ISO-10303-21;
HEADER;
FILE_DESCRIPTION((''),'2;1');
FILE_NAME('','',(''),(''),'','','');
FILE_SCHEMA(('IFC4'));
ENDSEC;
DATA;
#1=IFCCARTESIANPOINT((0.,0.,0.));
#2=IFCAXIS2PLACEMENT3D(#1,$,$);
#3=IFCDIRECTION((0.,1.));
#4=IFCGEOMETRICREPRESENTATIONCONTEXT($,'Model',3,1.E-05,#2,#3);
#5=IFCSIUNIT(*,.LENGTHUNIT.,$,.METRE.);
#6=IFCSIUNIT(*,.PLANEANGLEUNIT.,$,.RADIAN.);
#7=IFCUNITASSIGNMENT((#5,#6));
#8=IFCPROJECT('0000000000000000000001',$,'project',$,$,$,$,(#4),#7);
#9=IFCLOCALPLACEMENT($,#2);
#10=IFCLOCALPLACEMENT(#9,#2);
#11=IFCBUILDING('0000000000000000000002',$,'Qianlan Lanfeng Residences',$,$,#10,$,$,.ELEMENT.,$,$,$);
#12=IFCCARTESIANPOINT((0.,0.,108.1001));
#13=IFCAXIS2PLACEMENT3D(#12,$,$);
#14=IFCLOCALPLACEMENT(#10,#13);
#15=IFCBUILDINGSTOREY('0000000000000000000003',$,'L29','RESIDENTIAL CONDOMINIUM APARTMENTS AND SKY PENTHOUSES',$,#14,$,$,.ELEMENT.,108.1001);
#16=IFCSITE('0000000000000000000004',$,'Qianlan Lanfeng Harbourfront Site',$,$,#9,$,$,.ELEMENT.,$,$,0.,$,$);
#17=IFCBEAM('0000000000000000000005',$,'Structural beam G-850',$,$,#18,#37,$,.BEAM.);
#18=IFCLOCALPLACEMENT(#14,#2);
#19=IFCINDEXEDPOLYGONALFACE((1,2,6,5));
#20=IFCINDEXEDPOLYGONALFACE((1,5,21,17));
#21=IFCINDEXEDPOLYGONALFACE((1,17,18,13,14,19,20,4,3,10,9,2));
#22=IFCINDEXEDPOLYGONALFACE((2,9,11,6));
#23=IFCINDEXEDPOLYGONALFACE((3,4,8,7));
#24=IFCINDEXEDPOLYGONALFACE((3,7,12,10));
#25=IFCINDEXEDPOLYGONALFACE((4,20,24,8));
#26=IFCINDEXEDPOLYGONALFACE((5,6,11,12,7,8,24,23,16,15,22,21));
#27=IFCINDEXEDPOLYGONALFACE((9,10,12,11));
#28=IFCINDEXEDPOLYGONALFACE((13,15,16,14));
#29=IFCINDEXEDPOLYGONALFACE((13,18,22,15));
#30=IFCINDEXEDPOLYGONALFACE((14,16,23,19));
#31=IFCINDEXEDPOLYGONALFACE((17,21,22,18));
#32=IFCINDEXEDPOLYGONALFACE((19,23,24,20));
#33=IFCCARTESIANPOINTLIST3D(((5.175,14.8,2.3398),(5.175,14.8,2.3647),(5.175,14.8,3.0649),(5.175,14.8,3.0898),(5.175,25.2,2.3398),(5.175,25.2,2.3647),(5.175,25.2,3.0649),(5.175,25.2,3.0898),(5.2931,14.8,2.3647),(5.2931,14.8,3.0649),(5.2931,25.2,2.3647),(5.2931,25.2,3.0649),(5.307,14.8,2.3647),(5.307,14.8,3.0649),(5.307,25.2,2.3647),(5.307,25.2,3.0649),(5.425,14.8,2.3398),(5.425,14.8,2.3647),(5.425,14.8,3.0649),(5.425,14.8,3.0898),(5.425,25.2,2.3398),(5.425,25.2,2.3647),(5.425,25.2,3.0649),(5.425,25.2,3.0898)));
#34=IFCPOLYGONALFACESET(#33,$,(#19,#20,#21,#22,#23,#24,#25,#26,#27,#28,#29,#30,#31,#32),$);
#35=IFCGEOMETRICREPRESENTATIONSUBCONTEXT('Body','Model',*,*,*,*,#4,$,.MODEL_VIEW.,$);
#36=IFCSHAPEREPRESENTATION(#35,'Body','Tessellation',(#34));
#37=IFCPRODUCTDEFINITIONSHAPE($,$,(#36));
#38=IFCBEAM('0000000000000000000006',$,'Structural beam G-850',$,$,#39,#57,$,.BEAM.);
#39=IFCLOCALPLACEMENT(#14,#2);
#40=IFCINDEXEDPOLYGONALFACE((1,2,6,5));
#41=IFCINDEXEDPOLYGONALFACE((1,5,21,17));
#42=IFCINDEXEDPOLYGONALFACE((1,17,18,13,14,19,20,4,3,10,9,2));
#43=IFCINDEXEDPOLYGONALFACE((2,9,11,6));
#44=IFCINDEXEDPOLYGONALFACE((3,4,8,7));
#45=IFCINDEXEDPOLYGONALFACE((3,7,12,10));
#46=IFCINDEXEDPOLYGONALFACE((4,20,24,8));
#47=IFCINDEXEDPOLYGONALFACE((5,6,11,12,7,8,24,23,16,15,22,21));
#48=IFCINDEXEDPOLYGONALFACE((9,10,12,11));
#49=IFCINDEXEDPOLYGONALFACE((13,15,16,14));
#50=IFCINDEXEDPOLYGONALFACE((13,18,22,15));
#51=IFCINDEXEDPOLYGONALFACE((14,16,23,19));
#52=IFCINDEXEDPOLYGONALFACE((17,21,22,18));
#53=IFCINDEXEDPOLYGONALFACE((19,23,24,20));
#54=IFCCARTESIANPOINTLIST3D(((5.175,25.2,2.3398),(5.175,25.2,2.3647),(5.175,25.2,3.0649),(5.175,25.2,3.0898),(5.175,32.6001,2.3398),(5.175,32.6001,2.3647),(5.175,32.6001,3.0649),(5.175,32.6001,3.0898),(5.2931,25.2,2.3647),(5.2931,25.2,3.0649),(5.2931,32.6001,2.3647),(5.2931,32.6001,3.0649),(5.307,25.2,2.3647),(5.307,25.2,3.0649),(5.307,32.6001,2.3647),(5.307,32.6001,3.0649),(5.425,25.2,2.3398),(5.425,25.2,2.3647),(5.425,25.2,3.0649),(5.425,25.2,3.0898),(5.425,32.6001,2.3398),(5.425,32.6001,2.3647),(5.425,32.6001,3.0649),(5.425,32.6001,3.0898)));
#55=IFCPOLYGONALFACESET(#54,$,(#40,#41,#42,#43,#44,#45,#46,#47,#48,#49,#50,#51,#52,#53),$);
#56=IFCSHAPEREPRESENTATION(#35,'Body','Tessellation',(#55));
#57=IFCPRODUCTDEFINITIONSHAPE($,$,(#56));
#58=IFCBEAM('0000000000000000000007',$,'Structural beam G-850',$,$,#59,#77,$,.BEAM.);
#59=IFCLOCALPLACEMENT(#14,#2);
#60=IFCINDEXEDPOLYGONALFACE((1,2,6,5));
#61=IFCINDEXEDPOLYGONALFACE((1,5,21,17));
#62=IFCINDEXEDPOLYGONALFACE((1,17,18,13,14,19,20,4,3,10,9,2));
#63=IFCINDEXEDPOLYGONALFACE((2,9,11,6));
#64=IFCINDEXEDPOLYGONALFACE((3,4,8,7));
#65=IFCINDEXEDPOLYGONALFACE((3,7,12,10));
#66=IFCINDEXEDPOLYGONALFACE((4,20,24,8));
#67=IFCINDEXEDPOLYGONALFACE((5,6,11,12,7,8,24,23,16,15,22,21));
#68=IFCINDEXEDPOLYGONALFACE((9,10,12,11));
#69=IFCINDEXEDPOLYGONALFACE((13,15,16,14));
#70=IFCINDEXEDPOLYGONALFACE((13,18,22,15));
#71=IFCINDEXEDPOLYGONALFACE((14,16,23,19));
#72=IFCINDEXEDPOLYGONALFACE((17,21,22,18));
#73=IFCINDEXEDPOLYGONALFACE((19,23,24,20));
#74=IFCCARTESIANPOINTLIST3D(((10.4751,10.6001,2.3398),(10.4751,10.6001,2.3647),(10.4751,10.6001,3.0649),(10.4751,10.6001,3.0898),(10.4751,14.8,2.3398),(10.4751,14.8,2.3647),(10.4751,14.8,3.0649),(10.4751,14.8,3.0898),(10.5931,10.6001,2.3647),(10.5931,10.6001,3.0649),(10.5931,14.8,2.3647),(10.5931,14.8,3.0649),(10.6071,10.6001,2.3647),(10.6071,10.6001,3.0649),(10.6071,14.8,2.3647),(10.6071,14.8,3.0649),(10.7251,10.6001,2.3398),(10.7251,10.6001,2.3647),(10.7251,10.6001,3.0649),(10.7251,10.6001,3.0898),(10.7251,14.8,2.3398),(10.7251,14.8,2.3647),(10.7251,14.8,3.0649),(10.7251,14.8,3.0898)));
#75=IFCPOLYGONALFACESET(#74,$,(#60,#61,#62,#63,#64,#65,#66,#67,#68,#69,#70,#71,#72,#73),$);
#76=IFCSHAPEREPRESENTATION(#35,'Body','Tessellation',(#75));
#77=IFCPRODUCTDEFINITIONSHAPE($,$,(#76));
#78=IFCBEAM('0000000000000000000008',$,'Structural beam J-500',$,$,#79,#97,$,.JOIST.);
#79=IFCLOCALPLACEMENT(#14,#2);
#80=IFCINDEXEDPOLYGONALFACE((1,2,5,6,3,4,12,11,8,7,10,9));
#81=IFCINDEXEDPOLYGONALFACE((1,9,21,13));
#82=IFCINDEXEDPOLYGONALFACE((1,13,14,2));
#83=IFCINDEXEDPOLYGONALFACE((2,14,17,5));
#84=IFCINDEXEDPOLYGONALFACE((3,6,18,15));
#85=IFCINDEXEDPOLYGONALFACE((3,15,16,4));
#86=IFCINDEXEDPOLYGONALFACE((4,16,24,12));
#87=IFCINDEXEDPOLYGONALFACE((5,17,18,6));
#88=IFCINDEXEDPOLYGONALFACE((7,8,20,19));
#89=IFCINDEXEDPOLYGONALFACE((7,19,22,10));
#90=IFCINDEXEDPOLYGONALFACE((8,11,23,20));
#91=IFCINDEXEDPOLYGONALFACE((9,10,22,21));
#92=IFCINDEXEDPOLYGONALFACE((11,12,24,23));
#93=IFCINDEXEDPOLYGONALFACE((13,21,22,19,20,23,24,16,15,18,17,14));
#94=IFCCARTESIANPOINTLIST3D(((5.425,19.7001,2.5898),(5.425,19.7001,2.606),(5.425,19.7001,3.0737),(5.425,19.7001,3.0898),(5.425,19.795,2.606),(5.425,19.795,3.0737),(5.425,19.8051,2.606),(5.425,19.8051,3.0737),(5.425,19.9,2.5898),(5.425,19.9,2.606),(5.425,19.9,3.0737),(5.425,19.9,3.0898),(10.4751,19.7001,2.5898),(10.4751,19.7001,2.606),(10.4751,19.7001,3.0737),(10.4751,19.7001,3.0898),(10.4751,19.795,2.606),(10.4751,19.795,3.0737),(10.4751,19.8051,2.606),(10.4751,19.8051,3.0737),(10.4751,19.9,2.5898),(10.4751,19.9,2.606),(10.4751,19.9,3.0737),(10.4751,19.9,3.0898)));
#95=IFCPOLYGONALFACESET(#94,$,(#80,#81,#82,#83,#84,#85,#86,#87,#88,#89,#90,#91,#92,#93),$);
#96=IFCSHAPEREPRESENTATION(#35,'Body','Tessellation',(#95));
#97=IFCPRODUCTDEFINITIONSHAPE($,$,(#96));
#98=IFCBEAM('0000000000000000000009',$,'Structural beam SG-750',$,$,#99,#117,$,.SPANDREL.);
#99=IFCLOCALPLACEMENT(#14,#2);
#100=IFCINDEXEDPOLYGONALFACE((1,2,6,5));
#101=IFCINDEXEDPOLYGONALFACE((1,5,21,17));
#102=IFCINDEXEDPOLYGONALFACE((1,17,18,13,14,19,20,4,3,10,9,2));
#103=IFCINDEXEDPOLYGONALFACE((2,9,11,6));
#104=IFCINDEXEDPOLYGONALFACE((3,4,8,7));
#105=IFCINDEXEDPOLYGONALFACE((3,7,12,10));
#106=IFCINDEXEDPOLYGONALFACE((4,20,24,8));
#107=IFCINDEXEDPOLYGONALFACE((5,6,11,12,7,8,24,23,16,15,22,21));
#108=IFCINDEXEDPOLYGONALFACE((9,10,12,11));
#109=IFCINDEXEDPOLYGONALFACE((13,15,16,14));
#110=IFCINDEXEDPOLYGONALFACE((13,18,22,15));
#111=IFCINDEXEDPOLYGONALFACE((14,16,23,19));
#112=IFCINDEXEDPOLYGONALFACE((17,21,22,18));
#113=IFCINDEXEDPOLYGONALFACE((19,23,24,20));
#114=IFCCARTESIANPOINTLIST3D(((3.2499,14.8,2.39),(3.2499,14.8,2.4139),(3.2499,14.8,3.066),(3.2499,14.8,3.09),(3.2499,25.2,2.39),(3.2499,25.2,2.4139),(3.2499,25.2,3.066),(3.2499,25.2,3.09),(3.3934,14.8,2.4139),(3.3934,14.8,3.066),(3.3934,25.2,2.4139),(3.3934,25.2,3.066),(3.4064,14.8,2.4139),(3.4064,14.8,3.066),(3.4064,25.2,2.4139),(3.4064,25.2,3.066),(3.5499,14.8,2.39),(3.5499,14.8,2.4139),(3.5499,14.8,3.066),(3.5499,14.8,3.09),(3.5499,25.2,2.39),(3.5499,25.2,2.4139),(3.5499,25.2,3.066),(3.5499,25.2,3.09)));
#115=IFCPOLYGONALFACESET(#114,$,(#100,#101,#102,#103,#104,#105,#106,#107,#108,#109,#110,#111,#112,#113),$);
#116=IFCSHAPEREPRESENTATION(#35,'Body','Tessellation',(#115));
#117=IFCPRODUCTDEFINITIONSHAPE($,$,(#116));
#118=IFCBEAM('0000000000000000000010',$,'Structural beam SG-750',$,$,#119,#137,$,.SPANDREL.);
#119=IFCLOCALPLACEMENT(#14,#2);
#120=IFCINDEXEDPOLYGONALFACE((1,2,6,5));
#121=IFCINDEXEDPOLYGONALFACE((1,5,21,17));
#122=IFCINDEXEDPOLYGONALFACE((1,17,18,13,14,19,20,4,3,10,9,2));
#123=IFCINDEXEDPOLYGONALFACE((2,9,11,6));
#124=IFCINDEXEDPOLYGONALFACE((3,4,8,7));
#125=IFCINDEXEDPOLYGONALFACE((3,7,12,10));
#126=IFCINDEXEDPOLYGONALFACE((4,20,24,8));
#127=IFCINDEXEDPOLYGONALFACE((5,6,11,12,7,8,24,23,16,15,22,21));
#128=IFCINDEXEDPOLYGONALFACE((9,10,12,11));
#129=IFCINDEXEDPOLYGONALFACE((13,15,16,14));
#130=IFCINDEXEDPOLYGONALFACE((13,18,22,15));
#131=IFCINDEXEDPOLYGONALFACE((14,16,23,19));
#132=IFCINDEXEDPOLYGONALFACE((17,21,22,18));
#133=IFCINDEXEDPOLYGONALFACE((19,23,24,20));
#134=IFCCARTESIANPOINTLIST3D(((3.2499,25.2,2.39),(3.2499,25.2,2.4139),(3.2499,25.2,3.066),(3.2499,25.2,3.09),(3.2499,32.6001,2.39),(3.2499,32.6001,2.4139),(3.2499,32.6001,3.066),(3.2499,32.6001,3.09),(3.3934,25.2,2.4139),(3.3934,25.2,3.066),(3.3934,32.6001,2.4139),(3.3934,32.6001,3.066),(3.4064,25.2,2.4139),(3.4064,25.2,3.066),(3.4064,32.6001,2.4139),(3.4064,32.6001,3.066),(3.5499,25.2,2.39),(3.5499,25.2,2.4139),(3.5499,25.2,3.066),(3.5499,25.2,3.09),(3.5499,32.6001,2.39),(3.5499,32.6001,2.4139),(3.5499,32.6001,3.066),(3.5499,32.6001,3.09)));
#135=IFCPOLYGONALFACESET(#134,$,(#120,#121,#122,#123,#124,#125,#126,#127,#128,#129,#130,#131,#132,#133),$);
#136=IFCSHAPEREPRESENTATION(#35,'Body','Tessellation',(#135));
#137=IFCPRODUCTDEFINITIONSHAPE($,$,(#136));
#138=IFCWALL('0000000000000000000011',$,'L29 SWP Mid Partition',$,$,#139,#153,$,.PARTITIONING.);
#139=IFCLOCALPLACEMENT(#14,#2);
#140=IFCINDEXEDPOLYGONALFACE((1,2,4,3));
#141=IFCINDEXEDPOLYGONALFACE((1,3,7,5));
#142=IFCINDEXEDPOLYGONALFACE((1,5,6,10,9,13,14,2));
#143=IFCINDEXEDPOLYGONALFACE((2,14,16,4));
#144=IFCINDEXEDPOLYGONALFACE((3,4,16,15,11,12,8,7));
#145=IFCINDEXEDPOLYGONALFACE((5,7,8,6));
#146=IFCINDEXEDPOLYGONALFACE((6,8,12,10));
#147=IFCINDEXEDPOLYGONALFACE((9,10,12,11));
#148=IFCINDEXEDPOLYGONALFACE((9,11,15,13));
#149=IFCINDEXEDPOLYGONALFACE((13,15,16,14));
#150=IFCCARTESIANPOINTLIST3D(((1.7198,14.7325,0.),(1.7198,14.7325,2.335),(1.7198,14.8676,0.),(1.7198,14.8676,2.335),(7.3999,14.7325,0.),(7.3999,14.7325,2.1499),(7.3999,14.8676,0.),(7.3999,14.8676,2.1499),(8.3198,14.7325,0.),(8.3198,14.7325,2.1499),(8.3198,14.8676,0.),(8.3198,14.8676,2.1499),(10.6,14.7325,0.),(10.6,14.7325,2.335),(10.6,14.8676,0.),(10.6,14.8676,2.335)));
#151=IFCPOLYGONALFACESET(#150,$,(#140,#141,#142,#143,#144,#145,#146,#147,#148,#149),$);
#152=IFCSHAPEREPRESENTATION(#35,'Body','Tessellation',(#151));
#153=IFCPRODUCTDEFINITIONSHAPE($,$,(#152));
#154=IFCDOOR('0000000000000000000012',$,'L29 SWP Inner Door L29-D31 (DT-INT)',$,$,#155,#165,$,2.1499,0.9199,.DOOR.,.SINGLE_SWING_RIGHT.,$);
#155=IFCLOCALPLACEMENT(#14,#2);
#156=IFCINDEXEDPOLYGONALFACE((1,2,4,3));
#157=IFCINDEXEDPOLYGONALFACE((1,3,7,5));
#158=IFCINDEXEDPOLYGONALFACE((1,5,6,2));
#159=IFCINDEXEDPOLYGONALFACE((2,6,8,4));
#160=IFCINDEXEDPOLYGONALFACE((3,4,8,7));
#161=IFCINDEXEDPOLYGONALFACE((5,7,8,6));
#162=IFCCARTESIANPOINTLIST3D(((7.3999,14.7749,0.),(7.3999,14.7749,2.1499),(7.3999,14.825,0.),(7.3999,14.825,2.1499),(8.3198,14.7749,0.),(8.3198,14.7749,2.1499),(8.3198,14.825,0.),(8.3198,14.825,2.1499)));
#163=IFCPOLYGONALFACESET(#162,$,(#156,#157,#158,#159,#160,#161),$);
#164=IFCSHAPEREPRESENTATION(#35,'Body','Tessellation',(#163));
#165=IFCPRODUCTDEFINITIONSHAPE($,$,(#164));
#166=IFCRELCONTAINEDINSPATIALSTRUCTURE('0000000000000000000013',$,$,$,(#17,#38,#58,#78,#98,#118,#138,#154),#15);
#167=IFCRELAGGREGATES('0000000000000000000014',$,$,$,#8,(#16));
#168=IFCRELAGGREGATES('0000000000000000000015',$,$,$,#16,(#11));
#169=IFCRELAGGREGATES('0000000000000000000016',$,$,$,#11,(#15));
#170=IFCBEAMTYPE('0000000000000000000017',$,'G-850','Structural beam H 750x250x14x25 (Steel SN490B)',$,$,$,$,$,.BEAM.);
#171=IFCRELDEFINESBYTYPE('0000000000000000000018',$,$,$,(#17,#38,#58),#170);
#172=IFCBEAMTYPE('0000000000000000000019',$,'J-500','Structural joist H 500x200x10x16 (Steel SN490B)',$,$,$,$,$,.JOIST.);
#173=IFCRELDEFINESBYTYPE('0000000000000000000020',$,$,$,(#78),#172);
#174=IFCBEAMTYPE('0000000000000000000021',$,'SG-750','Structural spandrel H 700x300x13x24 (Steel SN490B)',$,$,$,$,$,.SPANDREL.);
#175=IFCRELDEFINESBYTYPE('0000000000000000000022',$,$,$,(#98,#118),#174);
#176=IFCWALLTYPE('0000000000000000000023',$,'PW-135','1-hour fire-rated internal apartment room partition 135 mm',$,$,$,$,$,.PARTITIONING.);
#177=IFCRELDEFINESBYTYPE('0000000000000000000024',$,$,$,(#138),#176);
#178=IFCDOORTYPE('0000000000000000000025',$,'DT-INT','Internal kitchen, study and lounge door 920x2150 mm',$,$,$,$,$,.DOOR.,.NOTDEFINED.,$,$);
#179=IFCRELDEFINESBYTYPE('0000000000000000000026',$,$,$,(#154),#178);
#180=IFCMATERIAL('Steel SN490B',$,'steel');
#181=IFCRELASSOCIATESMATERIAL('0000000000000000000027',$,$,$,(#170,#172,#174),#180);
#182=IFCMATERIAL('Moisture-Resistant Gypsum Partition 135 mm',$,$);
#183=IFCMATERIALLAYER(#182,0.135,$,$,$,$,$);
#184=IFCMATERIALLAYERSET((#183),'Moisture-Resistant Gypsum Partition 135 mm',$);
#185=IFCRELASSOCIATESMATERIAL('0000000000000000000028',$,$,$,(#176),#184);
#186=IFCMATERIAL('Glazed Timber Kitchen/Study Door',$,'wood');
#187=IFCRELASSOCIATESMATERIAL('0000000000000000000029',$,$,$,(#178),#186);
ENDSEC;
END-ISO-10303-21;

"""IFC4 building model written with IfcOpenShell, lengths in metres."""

from ifc_helpers import new_model, si_unit, direction, frame, frame_2d, origin, origin_2d, place, context, subcontext, project, spatial, rectangle, i_section, extrude, material, layer, layer_set, material_profile, profile_set, type_object, element, fill, save


model = new_model("IFC4")

# Units and contexts
model_context = context("Model", 3, precision=1e-05, world=origin(), true_north=direction((0.0, 1.0)))
body_context = subcontext(model_context, "Body", "Model", "MODEL_VIEW")
ifc_project = project(units=[si_unit("LENGTHUNIT", "METRE"), si_unit("PLANEANGLEUNIT", "RADIAN")], contexts=[model_context])

# Site, building, storey
site_placement = place(None, origin())
site = spatial("IfcSite", under=ifc_project, at=site_placement, Name="Qianlan Lanfeng Harbourfront Site", CompositionType="ELEMENT", RefElevation=0.0)
building_placement = place(site_placement, origin())
building = spatial("IfcBuilding", under=site, at=building_placement, Name="Qianlan Lanfeng Residences", CompositionType="ELEMENT")
storey_placement = place(building_placement, frame((0.0, 0.0, 108.1001)))
storey = spatial("IfcBuildingStorey", under=building, at=storey_placement, Name="L29", Description="RESIDENTIAL CONDOMINIUM APARTMENTS AND SKY PENTHOUSES", CompositionType="ELEMENT", Elevation=108.1001)

# Shared definitions
ifc_material_1 = material(Name="Steel SN490B", Category="steel")

# Beams
ifc_material_profile_1 = material_profile(ifc_material_1, i_section(OverallWidth=0.25, OverallDepth=0.75, WebThickness=0.0139, FlangeThickness=0.0249, at=origin_2d()), Name="H 750x250x14x25")
ifc_profile_set_1 = profile_set([ifc_material_profile_1], Name="Steel SN490B")
beam_type_1 = type_object("IfcBeamType", Name="G-850", Description="Structural beam H 750x250x14x25 (Steel SN490B)", PredefinedType="BEAM", material=ifc_profile_set_1)
beam_1_placement = place(storey_placement, frame((5.3, 14.8, 2.7148), z_axis=(0.0, 1.0, 0.0), x_axis=(-1.0, 0.0, 0.0)))
element("IfcBeam", 1, at=beam_1_placement, inside=storey, type_object=beam_type_1, Name="Structural beam G-850", PredefinedType="BEAM", context=body_context, shape_type="SweptSolid", body=[
    extrude(i_section(OverallWidth=0.25, OverallDepth=0.75, WebThickness=0.0139, FlangeThickness=0.0249, at=origin_2d()), origin(), (0.0, 0.0, 1.0), 10.3999),
])
beam_2_placement = place(storey_placement, frame((5.3, 25.2, 2.7148), z_axis=(0.0, 1.0, 0.0), x_axis=(-1.0, 0.0, 0.0)))
element("IfcBeam", 2, at=beam_2_placement, inside=storey, type_object=beam_type_1, Name="Structural beam G-850", PredefinedType="BEAM", context=body_context, shape_type="SweptSolid", body=[
    extrude(i_section(OverallWidth=0.25, OverallDepth=0.75, WebThickness=0.0139, FlangeThickness=0.0249, at=origin_2d()), origin(), (0.0, 0.0, 1.0), 7.4001),
])
beam_3_placement = place(storey_placement, frame((10.6001, 10.6001, 2.7148), z_axis=(0.0, 1.0, 0.0), x_axis=(-1.0, 0.0, 0.0)))
element("IfcBeam", 3, at=beam_3_placement, inside=storey, type_object=beam_type_1, Name="Structural beam G-850", PredefinedType="BEAM", context=body_context, shape_type="SweptSolid", body=[
    extrude(i_section(OverallWidth=0.25, OverallDepth=0.75, WebThickness=0.0139, FlangeThickness=0.0249, at=origin_2d()), origin(), (0.0, 0.0, 1.0), 4.2),
])
ifc_material_profile_2 = material_profile(ifc_material_1, i_section(OverallWidth=0.2, OverallDepth=0.5, WebThickness=0.01, FlangeThickness=0.0161, at=origin_2d()), Name="H 500x200x10x16")
ifc_profile_set_2 = profile_set([ifc_material_profile_2], Name="Steel SN490B")
beam_type_2 = type_object("IfcBeamType", Name="J-500", Description="Structural joist H 500x200x10x16 (Steel SN490B)", PredefinedType="JOIST", material=ifc_profile_set_2)
beam_4_placement = place(storey_placement, frame((5.425, 19.8, 2.8398), z_axis=(1.0, 0.0, 0.0), x_axis=(0.0, 1.0, 0.0)))
element("IfcBeam", 4, at=beam_4_placement, inside=storey, type_object=beam_type_2, Name="Structural beam J-500", PredefinedType="JOIST", context=body_context, shape_type="SweptSolid", body=[
    extrude(i_section(OverallWidth=0.2, OverallDepth=0.5, WebThickness=0.01, FlangeThickness=0.0161, at=origin_2d()), origin(), (0.0, 0.0, 1.0), 5.05),
])
ifc_material_profile_3 = material_profile(ifc_material_1, i_section(OverallWidth=0.3, OverallDepth=0.7, WebThickness=0.0129, FlangeThickness=0.0239, at=origin_2d()), Name="H 700x300x13x24")
ifc_profile_set_3 = profile_set([ifc_material_profile_3], Name="Steel SN490B")
beam_type_3 = type_object("IfcBeamType", Name="SG-750", Description="Structural spandrel H 700x300x13x24 (Steel SN490B)", PredefinedType="SPANDREL", material=ifc_profile_set_3)
beam_5_placement = place(storey_placement, frame((3.3999, 14.8, 2.74), z_axis=(0.0, 1.0, 0.0), x_axis=(-1.0, 0.0, 0.0)))
element("IfcBeam", 5, at=beam_5_placement, inside=storey, type_object=beam_type_3, Name="Structural beam SG-750", PredefinedType="SPANDREL", context=body_context, shape_type="SweptSolid", body=[
    extrude(i_section(OverallWidth=0.3, OverallDepth=0.7, WebThickness=0.0129, FlangeThickness=0.0239, at=origin_2d()), origin(), (0.0, 0.0, 1.0), 10.3999),
])
beam_6_placement = place(storey_placement, frame((3.3999, 25.2, 2.74), z_axis=(0.0, 1.0, 0.0), x_axis=(-1.0, 0.0, 0.0)))
element("IfcBeam", 6, at=beam_6_placement, inside=storey, type_object=beam_type_3, Name="Structural beam SG-750", PredefinedType="SPANDREL", context=body_context, shape_type="SweptSolid", body=[
    extrude(i_section(OverallWidth=0.3, OverallDepth=0.7, WebThickness=0.0129, FlangeThickness=0.0239, at=origin_2d()), origin(), (0.0, 0.0, 1.0), 7.4001),
])

# Wall, opening, door
ifc_material_2 = material(Name="Moisture-Resistant Gypsum Partition 135 mm")
ifc_layer_1 = layer(ifc_material_2, 0.135)
ifc_layer_set_1 = layer_set([ifc_layer_1], Name="Moisture-Resistant Gypsum Partition 135 mm")
wall_type_1 = type_object("IfcWallType", Name="PW-135", Description="1-hour fire-rated internal apartment room partition 135 mm", PredefinedType="PARTITIONING", material=ifc_layer_set_1)
wall_1_placement = place(storey_placement, frame((1.72, 14.8, 0.0), z_axis=(0.0, 0.0, 1.0), x_axis=(1.0, 0.0, 0.0)))
wall_1 = element("IfcWall", 7, at=wall_1_placement, inside=storey, type_object=wall_type_1, Name="L29 SWP Mid Partition", PredefinedType="PARTITIONING", context=body_context, shape_type="SweptSolid", body=[
    extrude(rectangle(XDim=8.8801, YDim=0.135, at=frame_2d((4.4399, 0.0))), origin(), (0.0, 0.0, 1.0), 2.335),
])
opening_1_placement = place(wall_1_placement, frame((5.6799, 0.0, 0.0)))
opening_1 = element("IfcOpeningElement", 8, at=opening_1_placement, cuts=wall_1, PredefinedType="OPENING", context=body_context, shape_type="SweptSolid", body=[
    extrude(rectangle(XDim=0.9199, YDim=2.1499, at=frame_2d((0.46, 1.075))), frame((0.0, 0.0776, 0.0), z_axis=(0.0, -1.0, 0.0), x_axis=(1.0, 0.0, 0.0)), (0.0, 0.0, 1.0), 0.155),
])
ifc_material_3 = material(Name="Glazed Timber Kitchen/Study Door", Category="wood")
door_type_1 = type_object("IfcDoorType", Name="DT-INT", Description="Internal kitchen, study and lounge door 920x2150 mm", OperationType="NOTDEFINED", PredefinedType="DOOR", material=ifc_material_3)
door_1_placement = place(opening_1_placement, origin())
door_1 = element("IfcDoor", 9, at=door_1_placement, inside=storey, type_object=door_type_1, Name="L29 SWP Inner Door L29-D31 (DT-INT)", OperationType="SINGLE_SWING_RIGHT", OverallHeight=2.1499, OverallWidth=0.9199, PredefinedType="DOOR", context=body_context, shape_type="SweptSolid", body=[
    extrude(rectangle(XDim=0.9199, YDim=2.1499, at=frame_2d((0.46, 1.075))), frame((0.0, 0.0249, 0.0), z_axis=(0.0, -1.0, 0.0), x_axis=(1.0, 0.0, 0.0)), (0.0, 0.0, 1.0), 0.05),
])
fill(opening_1, door_1)

save(model, "model.ifc")
